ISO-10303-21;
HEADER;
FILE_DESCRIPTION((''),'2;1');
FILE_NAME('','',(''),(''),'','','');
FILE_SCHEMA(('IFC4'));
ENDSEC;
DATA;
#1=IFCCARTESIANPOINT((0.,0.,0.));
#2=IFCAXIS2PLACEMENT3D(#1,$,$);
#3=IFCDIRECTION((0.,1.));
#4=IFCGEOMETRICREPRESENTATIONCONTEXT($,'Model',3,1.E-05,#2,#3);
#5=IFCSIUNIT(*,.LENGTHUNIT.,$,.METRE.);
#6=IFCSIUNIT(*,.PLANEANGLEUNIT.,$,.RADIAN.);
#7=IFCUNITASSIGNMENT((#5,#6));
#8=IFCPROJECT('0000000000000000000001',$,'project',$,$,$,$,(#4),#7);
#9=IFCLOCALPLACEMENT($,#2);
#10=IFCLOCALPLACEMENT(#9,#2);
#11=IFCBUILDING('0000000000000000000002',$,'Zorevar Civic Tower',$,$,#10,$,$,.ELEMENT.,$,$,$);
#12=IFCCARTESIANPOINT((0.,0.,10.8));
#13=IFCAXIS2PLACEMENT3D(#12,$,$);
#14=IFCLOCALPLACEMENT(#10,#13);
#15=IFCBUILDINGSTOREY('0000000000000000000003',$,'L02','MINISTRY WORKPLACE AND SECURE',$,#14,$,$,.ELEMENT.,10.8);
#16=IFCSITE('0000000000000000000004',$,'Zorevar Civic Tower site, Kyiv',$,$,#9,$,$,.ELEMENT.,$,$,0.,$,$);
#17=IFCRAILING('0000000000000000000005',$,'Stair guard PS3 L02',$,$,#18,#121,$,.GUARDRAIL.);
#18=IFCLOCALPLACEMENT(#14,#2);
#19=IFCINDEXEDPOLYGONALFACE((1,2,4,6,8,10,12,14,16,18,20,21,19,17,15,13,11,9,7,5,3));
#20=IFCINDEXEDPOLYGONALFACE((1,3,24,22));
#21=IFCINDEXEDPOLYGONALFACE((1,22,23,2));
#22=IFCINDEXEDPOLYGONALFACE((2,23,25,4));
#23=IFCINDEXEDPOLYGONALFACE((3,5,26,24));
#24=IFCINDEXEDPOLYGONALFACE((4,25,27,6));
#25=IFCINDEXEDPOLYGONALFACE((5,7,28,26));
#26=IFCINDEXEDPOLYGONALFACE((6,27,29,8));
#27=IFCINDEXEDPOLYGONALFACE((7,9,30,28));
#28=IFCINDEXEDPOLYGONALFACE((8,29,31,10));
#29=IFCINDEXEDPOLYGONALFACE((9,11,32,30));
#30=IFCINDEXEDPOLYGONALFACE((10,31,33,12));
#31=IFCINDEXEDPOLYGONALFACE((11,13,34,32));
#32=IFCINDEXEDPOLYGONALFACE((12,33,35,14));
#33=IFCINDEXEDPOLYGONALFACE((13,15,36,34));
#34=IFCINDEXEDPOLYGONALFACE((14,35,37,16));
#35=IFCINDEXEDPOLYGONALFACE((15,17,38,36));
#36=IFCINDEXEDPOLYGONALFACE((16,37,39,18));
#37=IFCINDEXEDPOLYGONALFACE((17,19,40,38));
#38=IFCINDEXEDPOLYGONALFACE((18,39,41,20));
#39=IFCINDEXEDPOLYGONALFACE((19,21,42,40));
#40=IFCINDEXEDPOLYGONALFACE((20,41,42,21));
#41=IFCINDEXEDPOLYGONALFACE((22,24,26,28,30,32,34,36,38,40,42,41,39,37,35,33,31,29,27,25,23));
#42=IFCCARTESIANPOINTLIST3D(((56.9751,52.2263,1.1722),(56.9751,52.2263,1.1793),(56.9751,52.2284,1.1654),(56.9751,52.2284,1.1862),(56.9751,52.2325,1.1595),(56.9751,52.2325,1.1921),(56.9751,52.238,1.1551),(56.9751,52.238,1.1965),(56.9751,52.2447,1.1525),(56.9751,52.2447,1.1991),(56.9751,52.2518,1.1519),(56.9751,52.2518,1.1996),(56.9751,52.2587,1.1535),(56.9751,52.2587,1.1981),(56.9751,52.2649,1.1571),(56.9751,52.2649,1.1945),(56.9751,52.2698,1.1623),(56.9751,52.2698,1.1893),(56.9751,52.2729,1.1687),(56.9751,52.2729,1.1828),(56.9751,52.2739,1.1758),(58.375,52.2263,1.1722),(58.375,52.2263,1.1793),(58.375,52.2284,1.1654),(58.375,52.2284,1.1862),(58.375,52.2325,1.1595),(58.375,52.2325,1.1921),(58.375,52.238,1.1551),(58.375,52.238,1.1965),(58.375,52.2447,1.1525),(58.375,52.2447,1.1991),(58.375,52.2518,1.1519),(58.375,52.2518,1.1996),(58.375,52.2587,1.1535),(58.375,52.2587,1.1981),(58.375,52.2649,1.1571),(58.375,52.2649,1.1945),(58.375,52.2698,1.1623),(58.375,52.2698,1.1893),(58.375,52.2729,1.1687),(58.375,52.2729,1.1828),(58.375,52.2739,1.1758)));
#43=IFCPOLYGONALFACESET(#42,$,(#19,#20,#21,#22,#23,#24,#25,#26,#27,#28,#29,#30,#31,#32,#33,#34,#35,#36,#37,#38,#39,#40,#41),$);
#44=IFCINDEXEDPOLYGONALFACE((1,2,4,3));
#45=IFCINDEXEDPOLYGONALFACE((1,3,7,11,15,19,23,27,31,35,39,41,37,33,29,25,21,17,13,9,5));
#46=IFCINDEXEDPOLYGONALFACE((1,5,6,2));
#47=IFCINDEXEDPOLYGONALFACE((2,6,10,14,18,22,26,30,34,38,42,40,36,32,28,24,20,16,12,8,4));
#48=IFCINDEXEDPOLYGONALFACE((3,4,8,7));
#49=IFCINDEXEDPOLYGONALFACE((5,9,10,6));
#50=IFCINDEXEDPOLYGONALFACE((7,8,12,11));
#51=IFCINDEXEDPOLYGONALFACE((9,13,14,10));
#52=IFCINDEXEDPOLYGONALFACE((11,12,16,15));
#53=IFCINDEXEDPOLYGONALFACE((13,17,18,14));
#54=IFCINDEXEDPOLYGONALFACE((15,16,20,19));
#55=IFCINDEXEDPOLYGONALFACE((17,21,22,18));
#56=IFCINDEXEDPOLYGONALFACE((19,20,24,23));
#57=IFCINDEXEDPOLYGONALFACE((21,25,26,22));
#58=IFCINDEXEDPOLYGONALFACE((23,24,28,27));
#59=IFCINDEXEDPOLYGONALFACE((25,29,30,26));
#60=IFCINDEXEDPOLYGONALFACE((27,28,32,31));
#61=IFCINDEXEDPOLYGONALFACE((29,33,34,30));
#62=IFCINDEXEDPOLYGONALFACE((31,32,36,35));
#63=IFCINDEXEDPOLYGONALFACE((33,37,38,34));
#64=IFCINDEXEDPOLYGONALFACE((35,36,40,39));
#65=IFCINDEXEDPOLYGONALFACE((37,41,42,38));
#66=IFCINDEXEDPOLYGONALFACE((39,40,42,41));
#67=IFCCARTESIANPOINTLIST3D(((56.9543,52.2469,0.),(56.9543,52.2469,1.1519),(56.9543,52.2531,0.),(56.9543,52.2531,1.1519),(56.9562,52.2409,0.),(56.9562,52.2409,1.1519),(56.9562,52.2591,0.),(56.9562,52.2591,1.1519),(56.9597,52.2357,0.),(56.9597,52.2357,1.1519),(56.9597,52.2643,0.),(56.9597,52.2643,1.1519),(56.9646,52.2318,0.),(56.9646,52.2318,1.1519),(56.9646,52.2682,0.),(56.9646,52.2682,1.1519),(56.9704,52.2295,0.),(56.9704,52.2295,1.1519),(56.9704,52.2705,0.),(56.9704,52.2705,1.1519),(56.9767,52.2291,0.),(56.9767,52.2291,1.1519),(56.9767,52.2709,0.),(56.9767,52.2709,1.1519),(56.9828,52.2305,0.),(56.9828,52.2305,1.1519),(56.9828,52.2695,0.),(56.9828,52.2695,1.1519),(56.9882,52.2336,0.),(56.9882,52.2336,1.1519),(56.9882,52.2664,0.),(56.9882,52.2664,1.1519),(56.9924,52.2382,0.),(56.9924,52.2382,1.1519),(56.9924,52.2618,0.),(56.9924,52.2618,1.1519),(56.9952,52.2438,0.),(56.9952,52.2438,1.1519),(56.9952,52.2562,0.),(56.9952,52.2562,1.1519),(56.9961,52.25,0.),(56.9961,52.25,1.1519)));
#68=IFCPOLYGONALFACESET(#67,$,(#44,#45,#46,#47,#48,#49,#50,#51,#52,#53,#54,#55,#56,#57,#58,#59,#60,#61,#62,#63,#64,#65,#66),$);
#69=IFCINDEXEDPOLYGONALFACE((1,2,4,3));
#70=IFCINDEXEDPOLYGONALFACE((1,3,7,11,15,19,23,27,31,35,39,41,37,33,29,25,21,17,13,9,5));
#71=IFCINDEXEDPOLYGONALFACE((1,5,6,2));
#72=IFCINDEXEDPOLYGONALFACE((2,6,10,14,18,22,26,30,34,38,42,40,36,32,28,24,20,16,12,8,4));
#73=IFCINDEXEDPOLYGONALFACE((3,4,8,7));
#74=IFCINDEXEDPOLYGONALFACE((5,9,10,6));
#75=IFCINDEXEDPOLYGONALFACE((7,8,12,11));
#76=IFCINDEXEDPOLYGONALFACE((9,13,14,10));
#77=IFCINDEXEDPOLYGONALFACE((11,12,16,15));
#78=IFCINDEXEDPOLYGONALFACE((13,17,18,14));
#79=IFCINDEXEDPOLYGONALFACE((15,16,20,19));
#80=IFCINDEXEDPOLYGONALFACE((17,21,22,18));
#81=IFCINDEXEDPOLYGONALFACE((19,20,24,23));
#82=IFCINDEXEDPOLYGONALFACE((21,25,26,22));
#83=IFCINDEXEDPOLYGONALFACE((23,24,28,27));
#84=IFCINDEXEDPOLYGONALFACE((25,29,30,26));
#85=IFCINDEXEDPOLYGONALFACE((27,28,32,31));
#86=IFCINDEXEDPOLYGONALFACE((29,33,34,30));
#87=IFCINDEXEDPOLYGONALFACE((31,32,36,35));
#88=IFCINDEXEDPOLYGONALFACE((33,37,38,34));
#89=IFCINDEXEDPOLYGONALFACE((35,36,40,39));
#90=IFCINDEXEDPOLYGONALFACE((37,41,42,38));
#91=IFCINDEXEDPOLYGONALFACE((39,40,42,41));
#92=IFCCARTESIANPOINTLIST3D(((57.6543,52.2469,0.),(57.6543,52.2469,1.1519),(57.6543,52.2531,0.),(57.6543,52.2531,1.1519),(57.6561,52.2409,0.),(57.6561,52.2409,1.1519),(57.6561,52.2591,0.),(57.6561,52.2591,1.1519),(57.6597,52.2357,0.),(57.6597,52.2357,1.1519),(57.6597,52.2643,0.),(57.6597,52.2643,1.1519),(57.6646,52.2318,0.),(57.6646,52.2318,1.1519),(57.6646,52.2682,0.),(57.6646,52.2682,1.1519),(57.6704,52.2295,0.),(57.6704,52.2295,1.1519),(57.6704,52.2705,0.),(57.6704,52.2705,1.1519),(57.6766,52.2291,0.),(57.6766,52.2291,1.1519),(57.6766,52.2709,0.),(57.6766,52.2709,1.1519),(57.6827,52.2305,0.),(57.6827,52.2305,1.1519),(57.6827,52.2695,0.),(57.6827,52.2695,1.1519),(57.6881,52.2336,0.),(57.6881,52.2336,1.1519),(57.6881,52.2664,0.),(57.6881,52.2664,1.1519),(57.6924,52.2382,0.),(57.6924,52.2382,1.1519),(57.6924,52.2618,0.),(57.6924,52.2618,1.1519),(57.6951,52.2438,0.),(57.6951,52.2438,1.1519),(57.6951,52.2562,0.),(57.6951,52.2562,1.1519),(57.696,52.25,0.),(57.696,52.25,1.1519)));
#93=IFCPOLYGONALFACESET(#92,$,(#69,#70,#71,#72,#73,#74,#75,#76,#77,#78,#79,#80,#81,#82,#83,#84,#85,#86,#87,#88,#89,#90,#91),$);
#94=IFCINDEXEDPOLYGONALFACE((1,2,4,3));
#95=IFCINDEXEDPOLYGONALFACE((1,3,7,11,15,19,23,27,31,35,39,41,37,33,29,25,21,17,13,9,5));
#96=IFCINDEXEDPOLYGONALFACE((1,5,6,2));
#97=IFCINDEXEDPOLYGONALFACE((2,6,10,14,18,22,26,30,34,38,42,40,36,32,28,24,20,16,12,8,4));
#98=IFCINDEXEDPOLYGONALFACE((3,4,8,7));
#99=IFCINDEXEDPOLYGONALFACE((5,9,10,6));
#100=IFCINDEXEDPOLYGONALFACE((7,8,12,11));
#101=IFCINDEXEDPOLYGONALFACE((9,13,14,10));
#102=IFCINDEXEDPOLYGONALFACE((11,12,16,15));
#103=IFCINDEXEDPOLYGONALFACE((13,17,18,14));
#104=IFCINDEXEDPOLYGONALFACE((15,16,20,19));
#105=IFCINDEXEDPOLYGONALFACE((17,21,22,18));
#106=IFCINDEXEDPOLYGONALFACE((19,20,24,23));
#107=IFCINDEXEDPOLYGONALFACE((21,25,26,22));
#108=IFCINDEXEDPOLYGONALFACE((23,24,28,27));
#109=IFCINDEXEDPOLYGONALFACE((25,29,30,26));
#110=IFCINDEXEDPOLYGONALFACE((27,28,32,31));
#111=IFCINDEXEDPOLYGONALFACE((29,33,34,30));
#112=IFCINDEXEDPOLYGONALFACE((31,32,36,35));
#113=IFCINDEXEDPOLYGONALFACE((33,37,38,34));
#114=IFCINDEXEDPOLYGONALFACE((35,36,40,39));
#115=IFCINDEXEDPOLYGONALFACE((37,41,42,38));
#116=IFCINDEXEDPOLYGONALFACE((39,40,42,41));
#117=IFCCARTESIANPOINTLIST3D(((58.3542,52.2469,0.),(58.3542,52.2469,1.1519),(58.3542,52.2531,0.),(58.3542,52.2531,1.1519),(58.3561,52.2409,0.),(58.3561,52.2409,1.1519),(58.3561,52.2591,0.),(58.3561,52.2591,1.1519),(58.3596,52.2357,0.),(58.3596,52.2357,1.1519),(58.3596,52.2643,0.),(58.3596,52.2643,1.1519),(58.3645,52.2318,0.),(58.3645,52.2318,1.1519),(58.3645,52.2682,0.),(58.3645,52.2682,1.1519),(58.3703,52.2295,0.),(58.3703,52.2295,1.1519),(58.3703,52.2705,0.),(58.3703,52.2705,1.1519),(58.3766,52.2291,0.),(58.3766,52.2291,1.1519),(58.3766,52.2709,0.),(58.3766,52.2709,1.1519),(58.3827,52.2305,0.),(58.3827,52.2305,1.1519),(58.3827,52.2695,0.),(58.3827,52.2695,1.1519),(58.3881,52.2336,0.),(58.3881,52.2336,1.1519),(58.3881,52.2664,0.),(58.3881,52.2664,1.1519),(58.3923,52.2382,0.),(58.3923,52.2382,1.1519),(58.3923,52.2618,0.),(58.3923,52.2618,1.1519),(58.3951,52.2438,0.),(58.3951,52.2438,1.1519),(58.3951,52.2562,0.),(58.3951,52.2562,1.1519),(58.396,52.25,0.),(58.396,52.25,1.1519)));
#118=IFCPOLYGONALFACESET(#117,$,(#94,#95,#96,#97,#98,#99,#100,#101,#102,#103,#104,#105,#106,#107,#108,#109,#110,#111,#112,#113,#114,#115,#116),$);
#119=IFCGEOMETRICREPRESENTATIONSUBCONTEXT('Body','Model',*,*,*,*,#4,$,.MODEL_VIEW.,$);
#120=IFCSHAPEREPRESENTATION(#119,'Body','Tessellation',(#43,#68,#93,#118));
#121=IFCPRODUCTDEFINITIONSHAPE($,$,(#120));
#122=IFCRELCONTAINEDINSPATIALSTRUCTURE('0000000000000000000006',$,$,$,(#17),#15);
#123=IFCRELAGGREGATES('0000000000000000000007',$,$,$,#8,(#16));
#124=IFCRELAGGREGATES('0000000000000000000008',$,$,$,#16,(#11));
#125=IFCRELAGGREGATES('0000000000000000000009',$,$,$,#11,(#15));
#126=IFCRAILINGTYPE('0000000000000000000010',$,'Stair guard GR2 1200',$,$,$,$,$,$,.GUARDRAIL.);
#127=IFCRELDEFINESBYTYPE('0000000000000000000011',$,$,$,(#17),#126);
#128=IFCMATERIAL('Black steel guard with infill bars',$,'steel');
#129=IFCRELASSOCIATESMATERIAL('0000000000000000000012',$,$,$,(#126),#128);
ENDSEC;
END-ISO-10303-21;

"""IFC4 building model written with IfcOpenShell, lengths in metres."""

from ifc_helpers import new_model, si_unit, direction, frame, origin, origin_2d, place, context, subcontext, project, spatial, circle, extrude, material, type_object, element, save


model = new_model("IFC4")

# Units and contexts
model_context = context("Model", 3, precision=1e-05, world=origin(), true_north=direction((0.0, 1.0)))
body_context = subcontext(model_context, "Body", "Model", "MODEL_VIEW")
ifc_project = project(units=[si_unit("LENGTHUNIT", "METRE"), si_unit("PLANEANGLEUNIT", "RADIAN")], contexts=[model_context])

# Site, building, storey
site_placement = place(None, origin())
site = spatial("IfcSite", under=ifc_project, at=site_placement, Name="Zorevar Civic Tower site, Kyiv", CompositionType="ELEMENT", RefElevation=0.0)
building_placement = place(site_placement, origin())
building = spatial("IfcBuilding", under=site, at=building_placement, Name="Zorevar Civic Tower", CompositionType="ELEMENT")
storey_placement = place(building_placement, frame((0.0, 0.0, 10.8)))
storey = spatial("IfcBuildingStorey", under=building, at=storey_placement, Name="L02", Description="MINISTRY WORKPLACE AND SECURE", CompositionType="ELEMENT", Elevation=10.8)

# Railing
ifc_material_1 = material(Name="Black steel guard with infill bars", Category="steel")
railing_type = type_object("IfcRailingType", Name="Stair guard GR2 1200", PredefinedType="GUARDRAIL", material=ifc_material_1)
railing_placement = place(storey_placement, frame((56.9751, 52.25, 0.0)))
element("IfcRailing", 1, at=railing_placement, inside=storey, type_object=railing_type, Name="Stair guard PS3 L02", PredefinedType="GUARDRAIL", context=body_context, shape_type="SweptSolid", body=[
    extrude(circle(Radius=0.0239, at=origin_2d()), frame((0.0, 0.0, 1.1758), z_axis=(1.0, 0.0, 0.0), x_axis=(0.0, 1.0, 0.0)), (0.0, 0.0, 1.0), 1.3999),
    extrude(circle(Radius=0.021, at=origin_2d()), origin(), (0.0, 0.0, 1.0), 1.1519),
    extrude(circle(Radius=0.021, at=origin_2d()), frame((0.7, 0.0, 0.0)), (0.0, 0.0, 1.0), 1.1519),
    extrude(circle(Radius=0.021, at=origin_2d()), frame((1.3999, 0.0, 0.0)), (0.0, 0.0, 1.0), 1.1519),
])

save(model, "model.ifc")
